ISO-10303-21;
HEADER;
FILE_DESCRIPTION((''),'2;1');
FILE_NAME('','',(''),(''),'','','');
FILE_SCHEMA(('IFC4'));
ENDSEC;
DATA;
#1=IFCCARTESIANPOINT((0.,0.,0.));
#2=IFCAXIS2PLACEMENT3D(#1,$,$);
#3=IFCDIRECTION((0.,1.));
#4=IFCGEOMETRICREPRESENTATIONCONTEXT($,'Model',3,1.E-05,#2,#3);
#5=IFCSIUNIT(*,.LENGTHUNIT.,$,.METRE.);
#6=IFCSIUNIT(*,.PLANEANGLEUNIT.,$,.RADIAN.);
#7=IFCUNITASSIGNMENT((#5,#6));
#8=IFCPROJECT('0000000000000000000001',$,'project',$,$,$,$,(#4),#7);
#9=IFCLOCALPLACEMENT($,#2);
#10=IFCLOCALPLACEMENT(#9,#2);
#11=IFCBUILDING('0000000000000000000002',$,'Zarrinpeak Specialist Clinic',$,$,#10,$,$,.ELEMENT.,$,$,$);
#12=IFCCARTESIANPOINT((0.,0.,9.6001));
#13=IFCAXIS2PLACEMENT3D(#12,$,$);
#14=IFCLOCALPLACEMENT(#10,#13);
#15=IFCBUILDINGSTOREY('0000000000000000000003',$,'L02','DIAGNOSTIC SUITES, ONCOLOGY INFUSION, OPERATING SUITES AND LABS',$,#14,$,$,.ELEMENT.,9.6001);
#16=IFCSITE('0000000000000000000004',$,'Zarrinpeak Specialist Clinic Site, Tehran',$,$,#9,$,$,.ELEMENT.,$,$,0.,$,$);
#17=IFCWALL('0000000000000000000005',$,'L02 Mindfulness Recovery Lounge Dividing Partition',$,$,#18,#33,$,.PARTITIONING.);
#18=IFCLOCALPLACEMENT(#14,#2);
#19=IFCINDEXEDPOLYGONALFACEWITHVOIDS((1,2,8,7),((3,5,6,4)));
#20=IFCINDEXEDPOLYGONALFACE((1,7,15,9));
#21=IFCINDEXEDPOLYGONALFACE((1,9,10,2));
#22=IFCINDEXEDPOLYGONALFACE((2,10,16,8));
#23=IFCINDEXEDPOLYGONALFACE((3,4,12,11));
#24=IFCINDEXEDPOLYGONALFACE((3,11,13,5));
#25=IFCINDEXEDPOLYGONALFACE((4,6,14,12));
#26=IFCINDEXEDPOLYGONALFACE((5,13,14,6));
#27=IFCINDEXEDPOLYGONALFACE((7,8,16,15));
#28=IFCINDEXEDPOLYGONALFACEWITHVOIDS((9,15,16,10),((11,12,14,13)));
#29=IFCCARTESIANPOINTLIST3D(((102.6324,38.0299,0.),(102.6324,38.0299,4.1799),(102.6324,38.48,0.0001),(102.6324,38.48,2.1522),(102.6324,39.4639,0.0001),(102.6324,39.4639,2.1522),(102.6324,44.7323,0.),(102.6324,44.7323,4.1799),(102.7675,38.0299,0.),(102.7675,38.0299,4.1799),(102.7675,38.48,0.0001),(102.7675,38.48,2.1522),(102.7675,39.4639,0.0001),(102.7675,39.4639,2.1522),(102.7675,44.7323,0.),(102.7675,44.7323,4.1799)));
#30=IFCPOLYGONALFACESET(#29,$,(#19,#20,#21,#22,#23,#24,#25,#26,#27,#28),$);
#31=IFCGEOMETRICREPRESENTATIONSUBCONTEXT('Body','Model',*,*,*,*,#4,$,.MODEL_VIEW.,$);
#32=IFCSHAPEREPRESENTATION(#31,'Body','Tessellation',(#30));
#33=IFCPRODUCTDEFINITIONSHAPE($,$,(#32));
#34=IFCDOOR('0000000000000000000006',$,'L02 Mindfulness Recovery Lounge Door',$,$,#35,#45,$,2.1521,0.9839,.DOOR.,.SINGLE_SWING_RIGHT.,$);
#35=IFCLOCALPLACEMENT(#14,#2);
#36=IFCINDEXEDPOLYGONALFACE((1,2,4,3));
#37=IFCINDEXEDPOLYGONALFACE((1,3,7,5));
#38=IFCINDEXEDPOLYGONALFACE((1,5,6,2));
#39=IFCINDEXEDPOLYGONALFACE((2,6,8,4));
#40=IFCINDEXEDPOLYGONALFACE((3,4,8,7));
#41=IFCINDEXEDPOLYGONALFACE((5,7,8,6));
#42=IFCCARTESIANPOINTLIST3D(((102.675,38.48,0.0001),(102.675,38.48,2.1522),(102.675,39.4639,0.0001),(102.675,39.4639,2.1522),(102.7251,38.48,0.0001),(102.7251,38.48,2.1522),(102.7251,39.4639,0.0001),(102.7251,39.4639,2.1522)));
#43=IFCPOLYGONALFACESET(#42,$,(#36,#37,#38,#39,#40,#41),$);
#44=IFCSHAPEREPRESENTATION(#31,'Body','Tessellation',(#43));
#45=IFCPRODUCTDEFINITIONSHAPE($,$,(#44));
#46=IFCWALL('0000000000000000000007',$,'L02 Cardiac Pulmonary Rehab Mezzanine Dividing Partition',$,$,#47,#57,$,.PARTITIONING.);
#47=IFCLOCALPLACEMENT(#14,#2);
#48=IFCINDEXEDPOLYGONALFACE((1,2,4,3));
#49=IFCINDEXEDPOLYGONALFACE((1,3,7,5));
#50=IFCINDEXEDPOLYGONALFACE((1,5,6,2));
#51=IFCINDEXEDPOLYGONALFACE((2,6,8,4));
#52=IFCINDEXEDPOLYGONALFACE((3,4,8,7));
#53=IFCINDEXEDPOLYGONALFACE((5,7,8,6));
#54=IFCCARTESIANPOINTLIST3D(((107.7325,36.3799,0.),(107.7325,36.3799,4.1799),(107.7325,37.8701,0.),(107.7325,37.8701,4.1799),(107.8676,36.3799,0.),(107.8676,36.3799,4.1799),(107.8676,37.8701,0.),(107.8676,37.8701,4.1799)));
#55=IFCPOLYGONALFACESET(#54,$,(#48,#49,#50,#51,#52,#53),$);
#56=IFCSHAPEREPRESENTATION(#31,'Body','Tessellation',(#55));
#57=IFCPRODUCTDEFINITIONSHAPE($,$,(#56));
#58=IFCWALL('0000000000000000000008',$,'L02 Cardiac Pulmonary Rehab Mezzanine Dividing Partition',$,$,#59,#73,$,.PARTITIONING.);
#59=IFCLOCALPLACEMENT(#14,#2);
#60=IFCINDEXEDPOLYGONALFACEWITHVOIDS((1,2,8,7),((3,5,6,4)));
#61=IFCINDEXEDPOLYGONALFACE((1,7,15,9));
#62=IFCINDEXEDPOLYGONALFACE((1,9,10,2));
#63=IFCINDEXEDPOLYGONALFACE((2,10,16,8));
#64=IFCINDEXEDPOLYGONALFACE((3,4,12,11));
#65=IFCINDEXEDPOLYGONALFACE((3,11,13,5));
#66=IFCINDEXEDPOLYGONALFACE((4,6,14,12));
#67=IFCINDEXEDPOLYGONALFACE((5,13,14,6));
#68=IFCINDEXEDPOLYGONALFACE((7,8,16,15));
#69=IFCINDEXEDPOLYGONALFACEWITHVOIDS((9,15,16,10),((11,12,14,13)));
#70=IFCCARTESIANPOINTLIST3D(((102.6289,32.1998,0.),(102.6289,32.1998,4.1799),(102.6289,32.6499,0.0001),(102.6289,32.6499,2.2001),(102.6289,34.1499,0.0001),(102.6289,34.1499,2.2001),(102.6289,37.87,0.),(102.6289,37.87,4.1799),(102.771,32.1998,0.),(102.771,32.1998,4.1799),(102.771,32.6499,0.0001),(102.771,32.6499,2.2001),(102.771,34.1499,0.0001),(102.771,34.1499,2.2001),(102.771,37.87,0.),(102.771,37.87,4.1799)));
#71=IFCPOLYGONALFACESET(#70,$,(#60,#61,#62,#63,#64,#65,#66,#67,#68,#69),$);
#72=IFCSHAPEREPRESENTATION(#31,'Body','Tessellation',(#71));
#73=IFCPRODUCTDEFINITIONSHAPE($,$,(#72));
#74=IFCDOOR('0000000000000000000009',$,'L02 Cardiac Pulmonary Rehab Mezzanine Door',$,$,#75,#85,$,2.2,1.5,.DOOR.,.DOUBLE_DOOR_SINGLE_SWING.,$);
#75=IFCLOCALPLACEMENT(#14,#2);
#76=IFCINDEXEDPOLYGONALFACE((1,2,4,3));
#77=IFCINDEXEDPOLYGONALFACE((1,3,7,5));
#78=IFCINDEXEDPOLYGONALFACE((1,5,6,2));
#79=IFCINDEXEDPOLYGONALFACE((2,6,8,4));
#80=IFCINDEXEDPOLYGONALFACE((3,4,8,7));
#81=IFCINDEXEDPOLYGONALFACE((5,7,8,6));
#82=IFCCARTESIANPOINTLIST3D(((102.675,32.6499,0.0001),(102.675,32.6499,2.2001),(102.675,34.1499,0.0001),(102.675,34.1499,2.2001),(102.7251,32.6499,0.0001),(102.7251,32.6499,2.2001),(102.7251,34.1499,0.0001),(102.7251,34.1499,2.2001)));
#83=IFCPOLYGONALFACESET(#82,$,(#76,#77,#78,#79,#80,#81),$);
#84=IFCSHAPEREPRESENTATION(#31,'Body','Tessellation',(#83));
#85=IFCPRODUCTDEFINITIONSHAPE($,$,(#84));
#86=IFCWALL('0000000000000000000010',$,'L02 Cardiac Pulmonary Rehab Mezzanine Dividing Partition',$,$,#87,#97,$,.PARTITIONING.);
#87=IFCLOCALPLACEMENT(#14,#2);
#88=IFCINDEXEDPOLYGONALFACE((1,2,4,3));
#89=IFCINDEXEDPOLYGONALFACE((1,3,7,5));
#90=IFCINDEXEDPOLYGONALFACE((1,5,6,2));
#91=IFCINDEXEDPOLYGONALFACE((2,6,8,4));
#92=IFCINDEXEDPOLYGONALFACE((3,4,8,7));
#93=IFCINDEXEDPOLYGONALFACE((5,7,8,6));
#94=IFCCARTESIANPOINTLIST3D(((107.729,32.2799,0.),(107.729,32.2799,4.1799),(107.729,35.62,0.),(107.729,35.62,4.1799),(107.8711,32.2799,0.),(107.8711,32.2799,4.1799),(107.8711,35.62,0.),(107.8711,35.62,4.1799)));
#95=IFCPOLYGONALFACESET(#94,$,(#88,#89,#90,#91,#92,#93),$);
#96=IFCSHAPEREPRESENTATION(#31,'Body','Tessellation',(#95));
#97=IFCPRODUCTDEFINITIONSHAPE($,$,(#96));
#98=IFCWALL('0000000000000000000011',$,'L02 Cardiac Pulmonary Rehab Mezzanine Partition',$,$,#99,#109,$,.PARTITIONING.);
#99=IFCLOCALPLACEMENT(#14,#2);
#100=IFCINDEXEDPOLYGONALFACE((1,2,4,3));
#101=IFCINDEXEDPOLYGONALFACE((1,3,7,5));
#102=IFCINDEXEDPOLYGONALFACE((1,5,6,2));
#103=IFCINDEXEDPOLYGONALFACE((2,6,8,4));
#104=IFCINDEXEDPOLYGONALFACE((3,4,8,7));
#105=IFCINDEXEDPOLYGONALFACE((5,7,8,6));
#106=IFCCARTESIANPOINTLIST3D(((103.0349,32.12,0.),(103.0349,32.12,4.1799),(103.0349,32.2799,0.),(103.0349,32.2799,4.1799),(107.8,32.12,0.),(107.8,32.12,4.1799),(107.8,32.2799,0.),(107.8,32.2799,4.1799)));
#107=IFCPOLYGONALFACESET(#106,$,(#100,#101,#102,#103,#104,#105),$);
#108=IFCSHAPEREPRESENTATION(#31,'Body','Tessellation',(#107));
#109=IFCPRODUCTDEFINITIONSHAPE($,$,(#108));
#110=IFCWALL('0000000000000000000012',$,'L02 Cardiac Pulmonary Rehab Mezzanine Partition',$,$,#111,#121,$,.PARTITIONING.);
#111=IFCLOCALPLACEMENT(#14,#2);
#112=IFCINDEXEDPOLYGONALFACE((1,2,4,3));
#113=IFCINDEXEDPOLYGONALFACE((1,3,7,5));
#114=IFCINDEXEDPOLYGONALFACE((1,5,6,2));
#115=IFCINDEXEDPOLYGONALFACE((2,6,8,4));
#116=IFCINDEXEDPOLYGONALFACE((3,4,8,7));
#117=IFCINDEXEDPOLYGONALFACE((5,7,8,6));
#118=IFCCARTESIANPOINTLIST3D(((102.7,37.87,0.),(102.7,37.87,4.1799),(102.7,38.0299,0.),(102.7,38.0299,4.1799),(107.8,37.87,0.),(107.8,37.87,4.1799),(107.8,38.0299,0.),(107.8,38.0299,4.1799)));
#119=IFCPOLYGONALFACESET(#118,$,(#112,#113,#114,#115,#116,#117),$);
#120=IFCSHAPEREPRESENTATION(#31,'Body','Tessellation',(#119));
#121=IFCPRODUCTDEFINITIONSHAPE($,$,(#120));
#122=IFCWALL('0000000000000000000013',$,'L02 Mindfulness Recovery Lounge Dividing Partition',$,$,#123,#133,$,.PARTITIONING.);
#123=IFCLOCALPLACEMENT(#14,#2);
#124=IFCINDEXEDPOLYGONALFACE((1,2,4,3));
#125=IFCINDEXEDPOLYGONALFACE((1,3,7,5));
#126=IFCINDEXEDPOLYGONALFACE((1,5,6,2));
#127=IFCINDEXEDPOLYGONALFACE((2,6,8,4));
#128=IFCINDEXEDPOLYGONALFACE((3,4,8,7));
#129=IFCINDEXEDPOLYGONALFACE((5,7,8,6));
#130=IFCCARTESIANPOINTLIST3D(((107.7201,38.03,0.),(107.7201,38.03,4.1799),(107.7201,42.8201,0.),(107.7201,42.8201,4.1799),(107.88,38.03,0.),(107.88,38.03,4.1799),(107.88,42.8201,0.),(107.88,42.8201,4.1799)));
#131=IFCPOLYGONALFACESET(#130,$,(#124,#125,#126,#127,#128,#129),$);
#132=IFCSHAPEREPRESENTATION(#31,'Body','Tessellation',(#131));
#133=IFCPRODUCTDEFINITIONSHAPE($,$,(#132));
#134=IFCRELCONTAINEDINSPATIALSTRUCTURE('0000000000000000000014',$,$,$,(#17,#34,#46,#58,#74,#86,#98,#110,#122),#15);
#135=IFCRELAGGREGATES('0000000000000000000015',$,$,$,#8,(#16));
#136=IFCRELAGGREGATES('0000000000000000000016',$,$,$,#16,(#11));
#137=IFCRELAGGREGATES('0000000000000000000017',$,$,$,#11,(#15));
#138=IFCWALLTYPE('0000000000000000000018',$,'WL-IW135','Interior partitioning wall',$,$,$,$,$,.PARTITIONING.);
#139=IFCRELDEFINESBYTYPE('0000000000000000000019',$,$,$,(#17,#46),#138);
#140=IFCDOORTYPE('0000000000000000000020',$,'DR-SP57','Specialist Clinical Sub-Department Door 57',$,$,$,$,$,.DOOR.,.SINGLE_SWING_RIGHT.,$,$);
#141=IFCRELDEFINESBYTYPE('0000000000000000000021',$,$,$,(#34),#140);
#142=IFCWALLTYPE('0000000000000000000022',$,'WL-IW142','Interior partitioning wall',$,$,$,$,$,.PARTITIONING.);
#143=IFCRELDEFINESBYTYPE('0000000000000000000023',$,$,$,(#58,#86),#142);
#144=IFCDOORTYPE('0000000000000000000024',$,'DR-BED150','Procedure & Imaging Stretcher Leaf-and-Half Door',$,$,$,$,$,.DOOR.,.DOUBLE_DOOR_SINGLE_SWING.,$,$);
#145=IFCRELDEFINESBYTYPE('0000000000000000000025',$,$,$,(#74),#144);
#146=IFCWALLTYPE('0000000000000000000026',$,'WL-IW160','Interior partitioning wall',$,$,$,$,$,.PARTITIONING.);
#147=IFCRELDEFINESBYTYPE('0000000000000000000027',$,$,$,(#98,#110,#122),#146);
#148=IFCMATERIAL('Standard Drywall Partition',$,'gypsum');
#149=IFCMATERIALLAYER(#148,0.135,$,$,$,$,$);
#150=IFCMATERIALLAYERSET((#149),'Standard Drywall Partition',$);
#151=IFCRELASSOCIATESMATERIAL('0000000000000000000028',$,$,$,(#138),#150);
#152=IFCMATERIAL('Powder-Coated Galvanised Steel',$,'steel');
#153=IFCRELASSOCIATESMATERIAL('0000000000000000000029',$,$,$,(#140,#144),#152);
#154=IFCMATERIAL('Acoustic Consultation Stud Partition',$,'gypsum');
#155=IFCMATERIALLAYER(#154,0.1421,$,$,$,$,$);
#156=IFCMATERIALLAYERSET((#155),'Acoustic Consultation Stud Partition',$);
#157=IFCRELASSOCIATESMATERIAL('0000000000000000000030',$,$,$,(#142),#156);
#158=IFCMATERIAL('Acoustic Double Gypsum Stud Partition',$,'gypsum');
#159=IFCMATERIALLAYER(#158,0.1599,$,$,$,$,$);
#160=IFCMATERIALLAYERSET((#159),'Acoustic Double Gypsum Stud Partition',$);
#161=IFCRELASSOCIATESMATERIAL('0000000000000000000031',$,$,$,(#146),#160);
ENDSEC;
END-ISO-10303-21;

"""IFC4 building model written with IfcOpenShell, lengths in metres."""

from ifc_helpers import new_model, si_unit, direction, frame, frame_2d, origin, place, context, subcontext, project, spatial, rectangle, extrude, material, layer, layer_set, type_object, element, fill, save


model = new_model("IFC4")

# Units and contexts
model_context = context("Model", 3, precision=1e-05, world=origin(), true_north=direction((0.0, 1.0)))
body_context = subcontext(model_context, "Body", "Model", "MODEL_VIEW")
ifc_project = project(units=[si_unit("LENGTHUNIT", "METRE"), si_unit("PLANEANGLEUNIT", "RADIAN")], contexts=[model_context])

# Site, building, storey
site_placement = place(None, origin())
site = spatial("IfcSite", under=ifc_project, at=site_placement, Name="Zarrinpeak Specialist Clinic Site, Tehran", CompositionType="ELEMENT", RefElevation=0.0)
building_placement = place(site_placement, origin())
building = spatial("IfcBuilding", under=site, at=building_placement, Name="Zarrinpeak Specialist Clinic", CompositionType="ELEMENT")
storey_placement = place(building_placement, frame((0.0, 0.0, 9.6001)))
storey = spatial("IfcBuildingStorey", under=building, at=storey_placement, Name="L02", Description="DIAGNOSTIC SUITES, ONCOLOGY INFUSION, OPERATING SUITES AND LABS", CompositionType="ELEMENT", Elevation=9.6001)

# Wall, opening, door
ifc_material_1 = material(Name="Standard Drywall Partition", Category="gypsum")
ifc_layer_1 = layer(ifc_material_1, 0.135)
ifc_layer_set_1 = layer_set([ifc_layer_1], Name="Standard Drywall Partition")
wall_type_1 = type_object("IfcWallType", Name="WL-IW135", Description="Interior partitioning wall", PredefinedType="PARTITIONING", material=ifc_layer_set_1)
wall_1_placement = place(storey_placement, frame((102.7, 38.03, 0.0), z_axis=(0.0, 0.0, 1.0), x_axis=(0.0, 1.0, 0.0)))
wall_1 = element("IfcWall", 1, at=wall_1_placement, inside=storey, type_object=wall_type_1, Name="L02 Mindfulness Recovery Lounge Dividing Partition", PredefinedType="PARTITIONING", context=body_context, shape_type="SweptSolid", body=[
    extrude(rectangle(XDim=6.7024, YDim=0.135, at=frame_2d((3.3511, 0.0))), origin(), (0.0, 0.0, 1.0), 4.1799),
])
opening_1_placement = place(wall_1_placement, frame((0.45, 0.0, 0.0)))
opening_1 = element("IfcOpeningElement", 2, at=opening_1_placement, cuts=wall_1, PredefinedType="OPENING", context=body_context, shape_type="SweptSolid", body=[
    extrude(rectangle(XDim=0.9839, YDim=2.1521, at=frame_2d((0.4919, 1.0762))), frame((0.0, 0.0776, 0.0), z_axis=(0.0, -1.0, 0.0), x_axis=(1.0, 0.0, 0.0)), (0.0, 0.0, 1.0), 0.155),
])
ifc_material_2 = material(Name="Powder-Coated Galvanised Steel", Category="steel")
door_type_1 = type_object("IfcDoorType", Name="DR-SP57", Description="Specialist Clinical Sub-Department Door 57", OperationType="SINGLE_SWING_RIGHT", PredefinedType="DOOR", material=ifc_material_2)
door_1_placement = place(opening_1_placement, origin())
door_1 = element("IfcDoor", 3, at=door_1_placement, inside=storey, type_object=door_type_1, Name="L02 Mindfulness Recovery Lounge Door", OperationType="SINGLE_SWING_RIGHT", OverallHeight=2.1521, OverallWidth=0.9839, PredefinedType="DOOR", context=body_context, shape_type="SweptSolid", body=[
    extrude(rectangle(XDim=0.9839, YDim=2.1521, at=frame_2d((0.4919, 1.0762))), frame((0.0, 0.0249, 0.0), z_axis=(0.0, -1.0, 0.0), x_axis=(1.0, 0.0, 0.0)), (0.0, 0.0, 1.0), 0.05),
])
fill(opening_1, door_1)

# Wall
wall_2_placement = place(storey_placement, frame((107.8, 36.3799, 0.0), z_axis=(0.0, 0.0, 1.0), x_axis=(0.0, 1.0, 0.0)))
element("IfcWall", 4, at=wall_2_placement, inside=storey, type_object=wall_type_1, Name="L02 Cardiac Pulmonary Rehab Mezzanine Dividing Partition", PredefinedType="PARTITIONING", context=body_context, shape_type="SweptSolid", body=[
    extrude(rectangle(XDim=1.4902, YDim=0.135, at=frame_2d((0.7451, 0.0))), origin(), (0.0, 0.0, 1.0), 4.1799),
])

# Wall, opening, door
ifc_material_3 = material(Name="Acoustic Consultation Stud Partition", Category="gypsum")
ifc_layer_2 = layer(ifc_material_3, 0.1421)
ifc_layer_set_2 = layer_set([ifc_layer_2], Name="Acoustic Consultation Stud Partition")
wall_type_2 = type_object("IfcWallType", Name="WL-IW142", Description="Interior partitioning wall", PredefinedType="PARTITIONING", material=ifc_layer_set_2)
wall_3_placement = place(storey_placement, frame((102.7, 32.2, 0.0), z_axis=(0.0, 0.0, 1.0), x_axis=(0.0, 1.0, 0.0)))
wall_3 = element("IfcWall", 5, at=wall_3_placement, inside=storey, type_object=wall_type_2, Name="L02 Cardiac Pulmonary Rehab Mezzanine Dividing Partition", PredefinedType="PARTITIONING", context=body_context, shape_type="SweptSolid", body=[
    extrude(rectangle(XDim=5.6702, YDim=0.1421, at=frame_2d((2.835, 0.0))), origin(), (0.0, 0.0, 1.0), 4.1799),
])
opening_2_placement = place(wall_3_placement, frame((0.45, 0.0, 0.0)))
opening_2 = element("IfcOpeningElement", 6, at=opening_2_placement, cuts=wall_3, PredefinedType="OPENING", context=body_context, shape_type="SweptSolid", body=[
    extrude(rectangle(XDim=1.5, YDim=2.2, at=frame_2d((0.75, 1.1001))), frame((0.0, 0.0811, 0.0), z_axis=(0.0, -1.0, 0.0), x_axis=(1.0, 0.0, 0.0)), (0.0, 0.0, 1.0), 0.1621),
])
door_type_2 = type_object("IfcDoorType", Name="DR-BED150", Description="Procedure & Imaging Stretcher Leaf-and-Half Door", OperationType="DOUBLE_DOOR_SINGLE_SWING", PredefinedType="DOOR", material=ifc_material_2)
door_2_placement = place(opening_2_placement, origin())
door_2 = element("IfcDoor", 7, at=door_2_placement, inside=storey, type_object=door_type_2, Name="L02 Cardiac Pulmonary Rehab Mezzanine Door", OperationType="DOUBLE_DOOR_SINGLE_SWING", OverallHeight=2.2, OverallWidth=1.5, PredefinedType="DOOR", context=body_context, shape_type="SweptSolid", body=[
    extrude(rectangle(XDim=1.5, YDim=2.2, at=frame_2d((0.75, 1.1001))), frame((0.0, 0.0249, 0.0), z_axis=(0.0, -1.0, 0.0), x_axis=(1.0, 0.0, 0.0)), (0.0, 0.0, 1.0), 0.05),
])
fill(opening_2, door_2)

# Walls
wall_4_placement = place(storey_placement, frame((107.8, 32.28, 0.0), z_axis=(0.0, 0.0, 1.0), x_axis=(0.0, 1.0, 0.0)))
element("IfcWall", 8, at=wall_4_placement, inside=storey, type_object=wall_type_2, Name="L02 Cardiac Pulmonary Rehab Mezzanine Dividing Partition", PredefinedType="PARTITIONING", context=body_context, shape_type="SweptSolid", body=[
    extrude(rectangle(XDim=3.3401, YDim=0.1421, at=frame_2d((1.6699, 0.0))), origin(), (0.0, 0.0, 1.0), 4.1799),
])
ifc_material_4 = material(Name="Acoustic Double Gypsum Stud Partition", Category="gypsum")
ifc_layer_3 = layer(ifc_material_4, 0.1599)
ifc_layer_set_3 = layer_set([ifc_layer_3], Name="Acoustic Double Gypsum Stud Partition")
wall_type_3 = type_object("IfcWallType", Name="WL-IW160", Description="Interior partitioning wall", PredefinedType="PARTITIONING", material=ifc_layer_set_3)
wall_5_placement = place(storey_placement, frame((103.0349, 32.2, 0.0), z_axis=(0.0, 0.0, 1.0), x_axis=(1.0, 0.0, 0.0)))
element("IfcWall", 9, at=wall_5_placement, inside=storey, type_object=wall_type_3, Name="L02 Cardiac Pulmonary Rehab Mezzanine Partition", PredefinedType="PARTITIONING", context=body_context, shape_type="SweptSolid", body=[
    extrude(rectangle(XDim=4.7651, YDim=0.1599, at=frame_2d((2.3826, 0.0))), origin(), (0.0, 0.0, 1.0), 4.1799),
])
wall_6_placement = place(storey_placement, frame((102.7, 37.95, 0.0), z_axis=(0.0, 0.0, 1.0), x_axis=(1.0, 0.0, 0.0)))
element("IfcWall", 10, at=wall_6_placement, inside=storey, type_object=wall_type_3, Name="L02 Cardiac Pulmonary Rehab Mezzanine Partition", PredefinedType="PARTITIONING", context=body_context, shape_type="SweptSolid", body=[
    extrude(rectangle(XDim=5.1001, YDim=0.1599, at=frame_2d((2.55, 0.0))), origin(), (0.0, 0.0, 1.0), 4.1799),
])
wall_7_placement = place(storey_placement, frame((107.8, 38.03, 0.0), z_axis=(0.0, 0.0, 1.0), x_axis=(0.0, 1.0, 0.0)))
element("IfcWall", 11, at=wall_7_placement, inside=storey, type_object=wall_type_3, Name="L02 Mindfulness Recovery Lounge Dividing Partition", PredefinedType="PARTITIONING", context=body_context, shape_type="SweptSolid", body=[
    extrude(rectangle(XDim=4.79, YDim=0.1599, at=frame_2d((2.395, 0.0))), origin(), (0.0, 0.0, 1.0), 4.1799),
])

save(model, "model.ifc")
